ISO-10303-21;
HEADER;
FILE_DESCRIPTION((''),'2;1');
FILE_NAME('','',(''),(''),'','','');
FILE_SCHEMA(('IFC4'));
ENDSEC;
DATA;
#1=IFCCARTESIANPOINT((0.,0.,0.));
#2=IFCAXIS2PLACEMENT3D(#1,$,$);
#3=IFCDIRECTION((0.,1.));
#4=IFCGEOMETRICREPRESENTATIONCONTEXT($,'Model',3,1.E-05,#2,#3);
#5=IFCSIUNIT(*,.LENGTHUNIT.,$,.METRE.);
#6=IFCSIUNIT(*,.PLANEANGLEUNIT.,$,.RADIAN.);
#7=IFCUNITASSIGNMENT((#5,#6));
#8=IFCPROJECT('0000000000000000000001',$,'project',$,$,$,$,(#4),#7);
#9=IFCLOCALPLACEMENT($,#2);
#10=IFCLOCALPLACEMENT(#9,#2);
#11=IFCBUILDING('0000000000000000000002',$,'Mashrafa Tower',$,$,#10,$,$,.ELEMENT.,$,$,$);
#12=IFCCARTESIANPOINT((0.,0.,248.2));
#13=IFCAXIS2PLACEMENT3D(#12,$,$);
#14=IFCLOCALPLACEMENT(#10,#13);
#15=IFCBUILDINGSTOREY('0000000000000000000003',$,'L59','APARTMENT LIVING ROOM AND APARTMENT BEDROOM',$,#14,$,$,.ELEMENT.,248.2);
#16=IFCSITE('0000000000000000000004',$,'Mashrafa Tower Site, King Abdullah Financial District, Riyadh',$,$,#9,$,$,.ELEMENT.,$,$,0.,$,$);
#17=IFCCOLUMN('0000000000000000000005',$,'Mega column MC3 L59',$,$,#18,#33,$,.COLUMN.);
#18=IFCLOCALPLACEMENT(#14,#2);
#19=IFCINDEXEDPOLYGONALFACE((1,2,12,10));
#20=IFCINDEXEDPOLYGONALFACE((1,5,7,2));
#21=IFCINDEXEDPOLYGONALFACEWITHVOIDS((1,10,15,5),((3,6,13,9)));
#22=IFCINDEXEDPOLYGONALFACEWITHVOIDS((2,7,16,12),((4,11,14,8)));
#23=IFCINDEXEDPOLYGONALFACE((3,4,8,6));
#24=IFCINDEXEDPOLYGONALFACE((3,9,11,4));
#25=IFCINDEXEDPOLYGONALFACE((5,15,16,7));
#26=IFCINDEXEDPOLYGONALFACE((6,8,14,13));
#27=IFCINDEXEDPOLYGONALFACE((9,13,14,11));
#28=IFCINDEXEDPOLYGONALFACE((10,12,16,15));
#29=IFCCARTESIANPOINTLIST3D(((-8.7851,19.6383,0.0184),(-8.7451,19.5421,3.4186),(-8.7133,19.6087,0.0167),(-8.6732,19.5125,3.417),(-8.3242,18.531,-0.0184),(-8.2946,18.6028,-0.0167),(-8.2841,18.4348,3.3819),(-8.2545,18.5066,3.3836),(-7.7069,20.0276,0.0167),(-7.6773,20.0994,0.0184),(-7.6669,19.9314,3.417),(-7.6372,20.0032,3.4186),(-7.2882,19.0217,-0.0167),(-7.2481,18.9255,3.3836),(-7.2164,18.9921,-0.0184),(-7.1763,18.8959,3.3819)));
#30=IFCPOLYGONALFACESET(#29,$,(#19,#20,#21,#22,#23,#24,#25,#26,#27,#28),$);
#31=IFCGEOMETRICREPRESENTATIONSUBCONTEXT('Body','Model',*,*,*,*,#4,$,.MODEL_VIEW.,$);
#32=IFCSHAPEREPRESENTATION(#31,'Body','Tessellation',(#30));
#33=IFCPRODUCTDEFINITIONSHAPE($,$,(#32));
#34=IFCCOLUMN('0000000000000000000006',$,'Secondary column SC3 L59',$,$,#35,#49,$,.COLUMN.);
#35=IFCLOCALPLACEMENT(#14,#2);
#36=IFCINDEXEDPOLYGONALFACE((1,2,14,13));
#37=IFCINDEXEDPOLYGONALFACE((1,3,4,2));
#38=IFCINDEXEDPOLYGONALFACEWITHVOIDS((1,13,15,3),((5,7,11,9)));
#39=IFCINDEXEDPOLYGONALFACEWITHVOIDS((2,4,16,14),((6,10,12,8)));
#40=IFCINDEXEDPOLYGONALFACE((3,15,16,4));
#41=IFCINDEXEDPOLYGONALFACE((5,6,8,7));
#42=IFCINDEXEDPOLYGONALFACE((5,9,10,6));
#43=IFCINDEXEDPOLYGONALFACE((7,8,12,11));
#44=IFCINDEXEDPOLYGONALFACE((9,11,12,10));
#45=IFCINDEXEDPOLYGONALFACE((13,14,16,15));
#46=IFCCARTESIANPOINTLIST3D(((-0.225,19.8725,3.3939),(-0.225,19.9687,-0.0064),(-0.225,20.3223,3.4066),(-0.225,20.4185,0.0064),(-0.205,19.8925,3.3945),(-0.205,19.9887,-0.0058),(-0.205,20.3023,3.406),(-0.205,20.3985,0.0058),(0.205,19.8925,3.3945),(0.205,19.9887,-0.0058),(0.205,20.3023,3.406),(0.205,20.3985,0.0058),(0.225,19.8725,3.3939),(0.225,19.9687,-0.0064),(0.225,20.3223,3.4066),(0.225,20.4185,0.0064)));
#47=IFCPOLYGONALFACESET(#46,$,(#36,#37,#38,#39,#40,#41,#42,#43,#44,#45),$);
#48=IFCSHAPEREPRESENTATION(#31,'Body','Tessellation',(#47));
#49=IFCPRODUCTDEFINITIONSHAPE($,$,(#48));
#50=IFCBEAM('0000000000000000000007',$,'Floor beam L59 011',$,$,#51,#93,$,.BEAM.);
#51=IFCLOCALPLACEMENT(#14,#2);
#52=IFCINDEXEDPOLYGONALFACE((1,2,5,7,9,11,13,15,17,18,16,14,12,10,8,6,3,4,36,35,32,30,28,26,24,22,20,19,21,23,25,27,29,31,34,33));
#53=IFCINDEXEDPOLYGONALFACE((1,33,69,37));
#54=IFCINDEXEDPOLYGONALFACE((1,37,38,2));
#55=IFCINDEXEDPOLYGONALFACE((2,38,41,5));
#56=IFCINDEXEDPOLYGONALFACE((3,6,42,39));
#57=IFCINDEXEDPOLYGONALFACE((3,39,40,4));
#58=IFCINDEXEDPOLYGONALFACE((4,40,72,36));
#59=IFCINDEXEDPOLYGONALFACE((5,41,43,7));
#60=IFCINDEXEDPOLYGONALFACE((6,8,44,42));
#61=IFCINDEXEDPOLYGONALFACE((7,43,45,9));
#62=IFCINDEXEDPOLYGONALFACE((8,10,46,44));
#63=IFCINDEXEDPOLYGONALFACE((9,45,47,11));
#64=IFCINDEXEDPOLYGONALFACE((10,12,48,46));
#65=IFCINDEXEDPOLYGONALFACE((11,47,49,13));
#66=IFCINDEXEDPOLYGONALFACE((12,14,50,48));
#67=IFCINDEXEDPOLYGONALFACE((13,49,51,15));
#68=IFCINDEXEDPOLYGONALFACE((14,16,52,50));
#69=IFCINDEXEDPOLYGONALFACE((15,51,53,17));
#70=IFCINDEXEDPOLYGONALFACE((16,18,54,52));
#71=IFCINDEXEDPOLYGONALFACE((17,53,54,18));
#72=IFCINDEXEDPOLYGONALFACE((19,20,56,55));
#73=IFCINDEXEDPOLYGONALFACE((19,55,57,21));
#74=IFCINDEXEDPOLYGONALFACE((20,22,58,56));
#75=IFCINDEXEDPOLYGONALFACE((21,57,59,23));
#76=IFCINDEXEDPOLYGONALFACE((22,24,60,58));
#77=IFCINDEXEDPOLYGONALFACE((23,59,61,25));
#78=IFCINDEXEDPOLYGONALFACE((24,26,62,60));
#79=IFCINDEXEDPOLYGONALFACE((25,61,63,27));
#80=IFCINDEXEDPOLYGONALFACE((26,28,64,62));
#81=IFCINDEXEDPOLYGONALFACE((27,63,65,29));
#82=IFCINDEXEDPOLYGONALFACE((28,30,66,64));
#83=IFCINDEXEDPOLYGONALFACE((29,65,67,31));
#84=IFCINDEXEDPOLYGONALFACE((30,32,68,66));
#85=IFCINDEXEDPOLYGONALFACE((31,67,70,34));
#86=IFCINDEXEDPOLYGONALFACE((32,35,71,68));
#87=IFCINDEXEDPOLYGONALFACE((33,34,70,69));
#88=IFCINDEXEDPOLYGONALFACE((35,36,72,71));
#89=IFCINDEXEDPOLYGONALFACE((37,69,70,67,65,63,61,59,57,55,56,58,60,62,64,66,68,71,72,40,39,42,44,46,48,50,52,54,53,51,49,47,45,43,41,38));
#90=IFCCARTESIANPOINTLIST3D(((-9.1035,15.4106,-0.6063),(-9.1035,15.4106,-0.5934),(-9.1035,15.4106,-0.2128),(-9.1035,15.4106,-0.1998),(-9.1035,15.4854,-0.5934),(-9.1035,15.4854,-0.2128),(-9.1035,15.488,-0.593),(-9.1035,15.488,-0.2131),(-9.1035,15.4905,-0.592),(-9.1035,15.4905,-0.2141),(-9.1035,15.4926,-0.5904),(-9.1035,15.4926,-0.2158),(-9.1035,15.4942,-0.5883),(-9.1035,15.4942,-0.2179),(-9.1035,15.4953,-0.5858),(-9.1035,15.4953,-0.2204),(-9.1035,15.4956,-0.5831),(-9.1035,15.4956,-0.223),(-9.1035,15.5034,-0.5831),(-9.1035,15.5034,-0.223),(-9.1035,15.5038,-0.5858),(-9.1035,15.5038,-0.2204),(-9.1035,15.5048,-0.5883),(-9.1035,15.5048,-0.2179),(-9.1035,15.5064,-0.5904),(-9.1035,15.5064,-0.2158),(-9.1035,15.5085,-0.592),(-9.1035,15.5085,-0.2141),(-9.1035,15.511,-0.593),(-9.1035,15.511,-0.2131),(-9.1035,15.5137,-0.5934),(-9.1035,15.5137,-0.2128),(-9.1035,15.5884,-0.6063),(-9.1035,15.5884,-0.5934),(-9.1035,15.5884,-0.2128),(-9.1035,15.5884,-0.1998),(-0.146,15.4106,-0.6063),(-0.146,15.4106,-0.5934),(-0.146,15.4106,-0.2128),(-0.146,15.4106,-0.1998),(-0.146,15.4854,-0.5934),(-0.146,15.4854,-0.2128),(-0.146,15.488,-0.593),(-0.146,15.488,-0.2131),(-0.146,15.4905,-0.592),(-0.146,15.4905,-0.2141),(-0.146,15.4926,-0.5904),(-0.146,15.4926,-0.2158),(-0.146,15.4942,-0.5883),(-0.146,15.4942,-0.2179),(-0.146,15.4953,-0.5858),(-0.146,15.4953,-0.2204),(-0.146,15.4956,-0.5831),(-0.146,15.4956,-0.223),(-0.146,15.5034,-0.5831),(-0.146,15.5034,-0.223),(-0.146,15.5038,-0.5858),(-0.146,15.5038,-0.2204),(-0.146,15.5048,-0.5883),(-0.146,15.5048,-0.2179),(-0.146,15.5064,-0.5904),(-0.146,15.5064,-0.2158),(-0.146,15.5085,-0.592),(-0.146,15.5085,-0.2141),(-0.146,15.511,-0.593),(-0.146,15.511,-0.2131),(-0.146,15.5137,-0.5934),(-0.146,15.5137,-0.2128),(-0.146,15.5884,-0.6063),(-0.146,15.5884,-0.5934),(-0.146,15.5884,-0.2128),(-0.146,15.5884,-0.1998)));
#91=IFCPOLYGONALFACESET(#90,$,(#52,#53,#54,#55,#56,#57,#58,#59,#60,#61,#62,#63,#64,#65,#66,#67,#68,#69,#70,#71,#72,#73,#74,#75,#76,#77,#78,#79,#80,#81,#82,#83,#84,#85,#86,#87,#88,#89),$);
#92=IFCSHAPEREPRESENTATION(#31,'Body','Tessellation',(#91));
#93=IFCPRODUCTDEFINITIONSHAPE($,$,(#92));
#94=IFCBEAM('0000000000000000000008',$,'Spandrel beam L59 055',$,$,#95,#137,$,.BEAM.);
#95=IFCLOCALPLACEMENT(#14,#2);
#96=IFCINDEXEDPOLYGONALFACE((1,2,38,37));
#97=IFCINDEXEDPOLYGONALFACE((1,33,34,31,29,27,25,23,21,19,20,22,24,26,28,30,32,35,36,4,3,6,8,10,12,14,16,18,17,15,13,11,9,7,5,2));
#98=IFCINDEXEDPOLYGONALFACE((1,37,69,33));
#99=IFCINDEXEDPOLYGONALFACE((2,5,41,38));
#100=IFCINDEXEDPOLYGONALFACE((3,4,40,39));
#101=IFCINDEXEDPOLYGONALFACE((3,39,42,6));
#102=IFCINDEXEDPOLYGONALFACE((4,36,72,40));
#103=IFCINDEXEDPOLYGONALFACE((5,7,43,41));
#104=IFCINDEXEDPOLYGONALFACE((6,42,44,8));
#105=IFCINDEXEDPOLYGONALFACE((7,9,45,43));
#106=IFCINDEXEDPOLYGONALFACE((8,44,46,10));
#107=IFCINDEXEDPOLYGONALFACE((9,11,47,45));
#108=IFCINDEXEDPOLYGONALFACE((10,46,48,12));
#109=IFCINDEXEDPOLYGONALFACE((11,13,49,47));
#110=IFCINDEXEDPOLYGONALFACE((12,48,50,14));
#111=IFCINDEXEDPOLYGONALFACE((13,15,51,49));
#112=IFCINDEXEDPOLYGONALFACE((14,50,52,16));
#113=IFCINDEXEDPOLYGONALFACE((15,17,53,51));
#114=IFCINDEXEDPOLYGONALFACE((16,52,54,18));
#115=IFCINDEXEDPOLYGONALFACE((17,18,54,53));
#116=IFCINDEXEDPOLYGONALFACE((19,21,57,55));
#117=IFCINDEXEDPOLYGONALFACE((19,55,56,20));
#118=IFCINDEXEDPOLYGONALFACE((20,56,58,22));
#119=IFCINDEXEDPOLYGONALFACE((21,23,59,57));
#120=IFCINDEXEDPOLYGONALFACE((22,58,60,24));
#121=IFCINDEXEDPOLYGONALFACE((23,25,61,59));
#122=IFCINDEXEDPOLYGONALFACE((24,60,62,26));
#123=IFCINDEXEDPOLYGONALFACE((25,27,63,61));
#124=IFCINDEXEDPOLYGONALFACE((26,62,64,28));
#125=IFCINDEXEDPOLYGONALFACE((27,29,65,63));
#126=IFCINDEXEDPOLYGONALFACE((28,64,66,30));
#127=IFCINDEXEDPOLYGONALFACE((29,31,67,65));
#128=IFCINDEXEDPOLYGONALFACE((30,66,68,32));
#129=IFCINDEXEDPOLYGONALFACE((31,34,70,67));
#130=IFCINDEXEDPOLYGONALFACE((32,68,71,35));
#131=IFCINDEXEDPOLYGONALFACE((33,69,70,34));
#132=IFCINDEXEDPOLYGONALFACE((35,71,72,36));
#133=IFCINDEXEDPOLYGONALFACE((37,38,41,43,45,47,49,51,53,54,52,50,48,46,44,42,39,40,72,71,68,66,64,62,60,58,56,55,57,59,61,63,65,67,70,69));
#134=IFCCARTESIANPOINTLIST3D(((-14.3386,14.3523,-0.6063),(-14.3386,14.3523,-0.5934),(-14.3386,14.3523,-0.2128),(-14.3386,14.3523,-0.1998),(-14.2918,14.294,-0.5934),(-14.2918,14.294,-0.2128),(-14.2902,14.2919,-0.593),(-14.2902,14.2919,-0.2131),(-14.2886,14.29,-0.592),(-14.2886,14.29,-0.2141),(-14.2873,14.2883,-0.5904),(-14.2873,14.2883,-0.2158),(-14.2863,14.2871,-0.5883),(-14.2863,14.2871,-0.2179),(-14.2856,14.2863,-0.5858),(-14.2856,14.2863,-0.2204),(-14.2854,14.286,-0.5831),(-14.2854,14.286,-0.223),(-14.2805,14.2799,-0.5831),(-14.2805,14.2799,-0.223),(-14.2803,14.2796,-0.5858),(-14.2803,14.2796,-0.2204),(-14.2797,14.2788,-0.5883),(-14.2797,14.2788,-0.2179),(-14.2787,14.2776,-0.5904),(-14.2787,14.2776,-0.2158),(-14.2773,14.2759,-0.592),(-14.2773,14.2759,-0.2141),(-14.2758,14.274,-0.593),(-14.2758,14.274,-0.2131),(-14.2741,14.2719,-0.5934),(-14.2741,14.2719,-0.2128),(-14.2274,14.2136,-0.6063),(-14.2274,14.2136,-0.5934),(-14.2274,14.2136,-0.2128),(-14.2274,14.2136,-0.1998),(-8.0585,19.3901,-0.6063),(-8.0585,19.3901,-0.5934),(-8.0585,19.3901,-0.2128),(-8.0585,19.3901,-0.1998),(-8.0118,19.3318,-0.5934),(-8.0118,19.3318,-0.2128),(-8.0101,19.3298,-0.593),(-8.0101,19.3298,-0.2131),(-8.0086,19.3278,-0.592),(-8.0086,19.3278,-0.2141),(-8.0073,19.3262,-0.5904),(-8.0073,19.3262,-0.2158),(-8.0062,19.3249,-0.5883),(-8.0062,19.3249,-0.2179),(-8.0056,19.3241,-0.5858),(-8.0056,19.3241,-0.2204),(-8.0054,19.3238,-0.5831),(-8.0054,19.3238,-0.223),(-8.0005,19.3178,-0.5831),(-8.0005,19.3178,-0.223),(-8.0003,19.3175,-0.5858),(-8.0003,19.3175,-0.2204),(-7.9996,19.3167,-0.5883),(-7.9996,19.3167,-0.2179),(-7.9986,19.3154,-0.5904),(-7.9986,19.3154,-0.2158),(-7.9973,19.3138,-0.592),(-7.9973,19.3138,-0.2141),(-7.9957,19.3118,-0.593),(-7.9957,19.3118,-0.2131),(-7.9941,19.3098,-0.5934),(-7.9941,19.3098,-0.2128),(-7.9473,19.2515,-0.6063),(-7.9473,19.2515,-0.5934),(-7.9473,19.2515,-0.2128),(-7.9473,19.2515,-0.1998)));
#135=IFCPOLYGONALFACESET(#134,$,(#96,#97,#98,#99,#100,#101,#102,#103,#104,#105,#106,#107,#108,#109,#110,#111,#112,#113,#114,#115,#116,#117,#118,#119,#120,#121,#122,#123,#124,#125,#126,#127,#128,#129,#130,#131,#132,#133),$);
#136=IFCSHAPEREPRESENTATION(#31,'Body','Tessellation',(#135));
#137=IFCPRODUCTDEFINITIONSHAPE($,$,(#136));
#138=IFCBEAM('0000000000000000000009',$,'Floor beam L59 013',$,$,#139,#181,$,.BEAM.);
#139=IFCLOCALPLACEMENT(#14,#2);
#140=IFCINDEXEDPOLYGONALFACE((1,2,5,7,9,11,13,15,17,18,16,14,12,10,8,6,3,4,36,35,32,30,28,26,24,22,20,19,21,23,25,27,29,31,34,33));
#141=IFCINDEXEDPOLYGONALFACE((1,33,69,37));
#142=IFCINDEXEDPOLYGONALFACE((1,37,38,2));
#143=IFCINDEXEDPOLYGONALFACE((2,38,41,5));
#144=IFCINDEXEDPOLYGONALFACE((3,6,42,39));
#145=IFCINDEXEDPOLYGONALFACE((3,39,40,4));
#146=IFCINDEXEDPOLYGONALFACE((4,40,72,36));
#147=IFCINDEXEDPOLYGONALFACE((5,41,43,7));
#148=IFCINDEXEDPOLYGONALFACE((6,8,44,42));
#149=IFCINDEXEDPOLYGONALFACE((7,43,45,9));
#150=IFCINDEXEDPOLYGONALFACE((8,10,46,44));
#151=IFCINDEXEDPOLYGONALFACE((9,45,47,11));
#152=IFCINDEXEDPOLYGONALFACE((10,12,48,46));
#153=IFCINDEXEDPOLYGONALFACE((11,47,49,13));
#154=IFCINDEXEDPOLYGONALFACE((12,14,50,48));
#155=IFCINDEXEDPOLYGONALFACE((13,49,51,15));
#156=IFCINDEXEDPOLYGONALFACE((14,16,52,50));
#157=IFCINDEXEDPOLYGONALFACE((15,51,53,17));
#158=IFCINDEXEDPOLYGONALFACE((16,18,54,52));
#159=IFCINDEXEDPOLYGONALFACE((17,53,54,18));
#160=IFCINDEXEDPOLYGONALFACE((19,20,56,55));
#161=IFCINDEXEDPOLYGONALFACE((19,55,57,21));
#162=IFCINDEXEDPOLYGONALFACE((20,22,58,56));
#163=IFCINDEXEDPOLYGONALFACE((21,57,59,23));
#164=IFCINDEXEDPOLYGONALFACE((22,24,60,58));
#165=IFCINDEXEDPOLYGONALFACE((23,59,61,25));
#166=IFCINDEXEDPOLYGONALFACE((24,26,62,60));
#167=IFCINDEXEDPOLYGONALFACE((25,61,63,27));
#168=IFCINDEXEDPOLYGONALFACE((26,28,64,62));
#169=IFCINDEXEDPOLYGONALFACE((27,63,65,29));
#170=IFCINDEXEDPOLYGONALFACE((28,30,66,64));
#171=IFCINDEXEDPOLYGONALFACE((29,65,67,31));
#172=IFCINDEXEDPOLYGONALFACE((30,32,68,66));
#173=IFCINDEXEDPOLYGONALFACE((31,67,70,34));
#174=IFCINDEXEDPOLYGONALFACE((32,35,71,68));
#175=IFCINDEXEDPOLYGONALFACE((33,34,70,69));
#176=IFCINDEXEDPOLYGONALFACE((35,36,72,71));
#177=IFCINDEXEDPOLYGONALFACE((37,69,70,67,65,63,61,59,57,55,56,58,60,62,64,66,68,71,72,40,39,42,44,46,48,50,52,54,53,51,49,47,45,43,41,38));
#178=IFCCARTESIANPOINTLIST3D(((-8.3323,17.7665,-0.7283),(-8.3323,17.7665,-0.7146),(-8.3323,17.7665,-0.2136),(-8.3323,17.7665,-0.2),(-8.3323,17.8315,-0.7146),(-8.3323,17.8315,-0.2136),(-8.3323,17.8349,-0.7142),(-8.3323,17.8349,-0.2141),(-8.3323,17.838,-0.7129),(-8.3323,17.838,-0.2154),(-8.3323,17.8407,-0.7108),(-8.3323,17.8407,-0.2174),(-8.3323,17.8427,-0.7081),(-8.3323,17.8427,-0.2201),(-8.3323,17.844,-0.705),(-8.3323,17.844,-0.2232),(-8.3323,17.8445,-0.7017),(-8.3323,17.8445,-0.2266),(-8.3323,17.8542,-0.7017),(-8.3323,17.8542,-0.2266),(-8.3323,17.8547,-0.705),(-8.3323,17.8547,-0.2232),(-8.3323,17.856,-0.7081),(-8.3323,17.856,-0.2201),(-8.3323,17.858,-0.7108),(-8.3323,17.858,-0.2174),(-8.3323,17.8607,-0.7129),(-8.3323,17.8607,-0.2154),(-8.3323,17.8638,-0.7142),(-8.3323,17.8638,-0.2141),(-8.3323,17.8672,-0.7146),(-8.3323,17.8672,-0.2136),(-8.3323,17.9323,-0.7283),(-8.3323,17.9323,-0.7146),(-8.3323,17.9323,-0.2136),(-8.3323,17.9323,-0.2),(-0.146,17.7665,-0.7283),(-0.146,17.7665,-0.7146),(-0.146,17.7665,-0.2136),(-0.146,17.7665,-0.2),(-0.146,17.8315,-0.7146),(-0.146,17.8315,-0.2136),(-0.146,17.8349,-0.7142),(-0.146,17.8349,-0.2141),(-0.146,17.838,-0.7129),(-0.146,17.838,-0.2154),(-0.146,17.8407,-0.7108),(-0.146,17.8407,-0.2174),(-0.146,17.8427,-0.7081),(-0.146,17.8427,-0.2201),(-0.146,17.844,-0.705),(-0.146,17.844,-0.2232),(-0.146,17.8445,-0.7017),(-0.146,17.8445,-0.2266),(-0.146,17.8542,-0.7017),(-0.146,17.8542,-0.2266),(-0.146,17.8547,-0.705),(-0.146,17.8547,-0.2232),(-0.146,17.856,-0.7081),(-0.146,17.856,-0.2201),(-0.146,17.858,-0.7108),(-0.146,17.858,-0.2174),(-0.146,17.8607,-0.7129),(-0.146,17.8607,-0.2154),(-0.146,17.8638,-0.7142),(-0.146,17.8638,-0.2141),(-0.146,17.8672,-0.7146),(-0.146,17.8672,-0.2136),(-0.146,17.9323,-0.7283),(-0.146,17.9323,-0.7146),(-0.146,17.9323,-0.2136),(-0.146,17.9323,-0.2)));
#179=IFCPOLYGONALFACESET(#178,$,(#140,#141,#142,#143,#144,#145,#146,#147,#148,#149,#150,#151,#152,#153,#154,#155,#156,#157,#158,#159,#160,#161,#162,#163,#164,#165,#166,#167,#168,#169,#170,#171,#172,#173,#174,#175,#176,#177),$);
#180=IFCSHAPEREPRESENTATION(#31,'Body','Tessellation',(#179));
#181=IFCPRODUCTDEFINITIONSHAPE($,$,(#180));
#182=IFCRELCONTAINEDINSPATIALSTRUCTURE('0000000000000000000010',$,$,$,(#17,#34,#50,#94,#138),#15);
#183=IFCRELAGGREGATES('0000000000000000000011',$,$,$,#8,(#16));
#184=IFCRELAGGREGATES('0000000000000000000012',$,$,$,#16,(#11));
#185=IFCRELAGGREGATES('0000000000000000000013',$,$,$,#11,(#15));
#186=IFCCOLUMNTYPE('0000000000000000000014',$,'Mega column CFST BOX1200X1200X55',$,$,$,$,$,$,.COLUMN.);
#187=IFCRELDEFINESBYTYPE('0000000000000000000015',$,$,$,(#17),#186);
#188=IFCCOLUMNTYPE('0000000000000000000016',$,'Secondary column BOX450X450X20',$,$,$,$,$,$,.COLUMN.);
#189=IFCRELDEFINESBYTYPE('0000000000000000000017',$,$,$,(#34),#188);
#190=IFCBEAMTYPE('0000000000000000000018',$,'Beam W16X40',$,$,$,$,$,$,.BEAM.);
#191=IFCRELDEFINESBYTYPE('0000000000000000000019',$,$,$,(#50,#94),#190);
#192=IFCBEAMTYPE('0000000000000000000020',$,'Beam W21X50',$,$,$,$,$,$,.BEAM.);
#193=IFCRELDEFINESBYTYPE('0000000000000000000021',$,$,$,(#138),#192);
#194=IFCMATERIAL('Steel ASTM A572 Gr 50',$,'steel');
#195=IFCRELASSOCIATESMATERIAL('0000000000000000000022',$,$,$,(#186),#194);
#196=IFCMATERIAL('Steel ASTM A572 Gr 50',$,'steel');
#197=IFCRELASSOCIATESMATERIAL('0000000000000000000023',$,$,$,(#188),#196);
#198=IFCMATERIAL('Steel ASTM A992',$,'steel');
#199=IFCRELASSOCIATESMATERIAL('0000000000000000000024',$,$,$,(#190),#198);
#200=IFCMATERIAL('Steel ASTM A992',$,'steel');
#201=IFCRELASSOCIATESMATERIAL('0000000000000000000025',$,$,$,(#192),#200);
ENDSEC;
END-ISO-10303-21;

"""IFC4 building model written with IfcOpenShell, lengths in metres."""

from ifc_helpers import new_model, si_unit, direction, frame, origin, origin_2d, place, context, subcontext, project, spatial, hollow_rectangle, i_section, extrude, material, material_profile, profile_set, type_object, element, save


model = new_model("IFC4")

# Units and contexts
model_context = context("Model", 3, precision=1e-05, world=origin(), true_north=direction((0.0, 1.0)))
body_context = subcontext(model_context, "Body", "Model", "MODEL_VIEW")
ifc_project = project(units=[si_unit("LENGTHUNIT", "METRE"), si_unit("PLANEANGLEUNIT", "RADIAN")], contexts=[model_context])

# Site, building, storey
site_placement = place(None, origin())
site = spatial("IfcSite", under=ifc_project, at=site_placement, Name="Mashrafa Tower Site, King Abdullah Financial District, Riyadh", CompositionType="ELEMENT", RefElevation=0.0)
building_placement = place(site_placement, origin())
building = spatial("IfcBuilding", under=site, at=building_placement, Name="Mashrafa Tower", CompositionType="ELEMENT")
storey_placement = place(building_placement, frame((0.0, 0.0, 248.2)))
storey = spatial("IfcBuildingStorey", under=building, at=storey_placement, Name="L59", Description="APARTMENT LIVING ROOM AND APARTMENT BEDROOM", CompositionType="ELEMENT", Elevation=248.2)

# Columns
ifc_material_1 = material(Name="Steel ASTM A572 Gr 50", Category="steel")
ifc_material_profile_1 = material_profile(ifc_material_1, hollow_rectangle(XDim=1.2, YDim=1.2, WallThickness=0.0549, at=origin_2d()), Name="BOX1200X1200X55")
ifc_profile_set_1 = profile_set([ifc_material_profile_1], Name="Steel ASTM A572 Gr 50")
column_type_1 = type_object("IfcColumnType", Name="Mega column CFST BOX1200X1200X55", PredefinedType="COLUMN", material=ifc_profile_set_1)
column_1_placement = place(storey_placement, frame((-8.0007, 19.3152, 0.0), z_axis=(0.01177, -0.028277, 0.999531), x_axis=(0.923216, 0.384283, 0.0)))
element("IfcColumn", 1, at=column_1_placement, inside=storey, type_object=column_type_1, Name="Mega column MC3 L59", PredefinedType="COLUMN", context=body_context, shape_type="SweptSolid", body=[
    extrude(hollow_rectangle(XDim=1.2, YDim=1.2, WallThickness=0.0549, at=origin_2d()), origin(), (0.0, 0.0, 1.0), 3.4019),
])
ifc_material_2 = material(Name="Steel ASTM A572 Gr 50", Category="steel")
ifc_material_profile_2 = material_profile(ifc_material_2, hollow_rectangle(XDim=0.45, YDim=0.45, WallThickness=0.02, at=origin_2d()), Name="BOX450X450X20")
ifc_profile_set_2 = profile_set([ifc_material_profile_2], Name="Steel ASTM A572 Gr 50")
column_type_2 = type_object("IfcColumnType", Name="Secondary column BOX450X450X20", PredefinedType="COLUMN", material=ifc_profile_set_2)
column_2_placement = place(storey_placement, frame((0.0, 20.1936, 0.0), z_axis=(0.0, -0.028279, 0.9996), x_axis=(1.0, 0.0, 0.0)))
element("IfcColumn", 2, at=column_2_placement, inside=storey, type_object=column_type_2, Name="Secondary column SC3 L59", PredefinedType="COLUMN", context=body_context, shape_type="SweptSolid", body=[
    extrude(hollow_rectangle(XDim=0.45, YDim=0.45, WallThickness=0.02, at=origin_2d()), origin(), (0.0, 0.0, 1.0), 3.4016),
])

# Beams
ifc_material_3 = material(Name="Steel ASTM A992", Category="steel")
ifc_material_profile_3 = material_profile(ifc_material_3, i_section(OverallWidth=0.1777, OverallDepth=0.4065, WebThickness=0.0078, FlangeThickness=0.0129, FilletRadius=0.0103, at=origin_2d()), Name="W16X40")
ifc_profile_set_3 = profile_set([ifc_material_profile_3], Name="Steel ASTM A992")
beam_type_1 = type_object("IfcBeamType", Name="Beam W16X40", PredefinedType="BEAM", material=ifc_profile_set_3)
beam_1_placement = place(storey_placement, frame((-9.1035, 15.4995, -0.4031), z_axis=(1.0, 0.0, 0.0), x_axis=(0.0, 1.0, 0.0)))
element("IfcBeam", 3, at=beam_1_placement, inside=storey, type_object=beam_type_1, Name="Floor beam L59 011", PredefinedType="BEAM", context=body_context, shape_type="SweptSolid", body=[
    extrude(i_section(OverallWidth=0.1777, OverallDepth=0.4065, WebThickness=0.0078, FlangeThickness=0.0129, FilletRadius=0.0103, at=origin_2d()), origin(), (0.0, 0.0, 1.0), 8.9575),
])
beam_2_placement = place(storey_placement, frame((-8.0029, 19.3208, -0.4031), z_axis=(-0.780031, -0.625741, 0.0), x_axis=(0.625741, -0.780031, 0.0)))
element("IfcBeam", 4, at=beam_2_placement, inside=storey, type_object=beam_type_1, Name="Spandrel beam L59 055", PredefinedType="BEAM", context=body_context, shape_type="SweptSolid", body=[
    extrude(i_section(OverallWidth=0.1777, OverallDepth=0.4065, WebThickness=0.0078, FlangeThickness=0.0129, FilletRadius=0.0103, at=origin_2d()), origin(), (0.0, 0.0, 1.0), 8.051),
])
ifc_material_4 = material(Name="Steel ASTM A992", Category="steel")
ifc_material_profile_4 = material_profile(ifc_material_4, i_section(OverallWidth=0.1658, OverallDepth=0.5283, WebThickness=0.0098, FlangeThickness=0.0137, FilletRadius=0.0129, at=origin_2d()), Name="W21X50")
ifc_profile_set_4 = profile_set([ifc_material_profile_4], Name="Steel ASTM A992")
beam_type_2 = type_object("IfcBeamType", Name="Beam W21X50", PredefinedType="BEAM", material=ifc_profile_set_4)
beam_3_placement = place(storey_placement, frame((-8.3323, 17.8494, -0.4641), z_axis=(1.0, 0.0, 0.0), x_axis=(0.0, 1.0, 0.0)))
element("IfcBeam", 5, at=beam_3_placement, inside=storey, type_object=beam_type_2, Name="Floor beam L59 013", PredefinedType="BEAM", context=body_context, shape_type="SweptSolid", body=[
    extrude(i_section(OverallWidth=0.1658, OverallDepth=0.5283, WebThickness=0.0098, FlangeThickness=0.0137, FilletRadius=0.0129, at=origin_2d()), origin(), (0.0, 0.0, 1.0), 8.1863),
])

save(model, "model.ifc")
